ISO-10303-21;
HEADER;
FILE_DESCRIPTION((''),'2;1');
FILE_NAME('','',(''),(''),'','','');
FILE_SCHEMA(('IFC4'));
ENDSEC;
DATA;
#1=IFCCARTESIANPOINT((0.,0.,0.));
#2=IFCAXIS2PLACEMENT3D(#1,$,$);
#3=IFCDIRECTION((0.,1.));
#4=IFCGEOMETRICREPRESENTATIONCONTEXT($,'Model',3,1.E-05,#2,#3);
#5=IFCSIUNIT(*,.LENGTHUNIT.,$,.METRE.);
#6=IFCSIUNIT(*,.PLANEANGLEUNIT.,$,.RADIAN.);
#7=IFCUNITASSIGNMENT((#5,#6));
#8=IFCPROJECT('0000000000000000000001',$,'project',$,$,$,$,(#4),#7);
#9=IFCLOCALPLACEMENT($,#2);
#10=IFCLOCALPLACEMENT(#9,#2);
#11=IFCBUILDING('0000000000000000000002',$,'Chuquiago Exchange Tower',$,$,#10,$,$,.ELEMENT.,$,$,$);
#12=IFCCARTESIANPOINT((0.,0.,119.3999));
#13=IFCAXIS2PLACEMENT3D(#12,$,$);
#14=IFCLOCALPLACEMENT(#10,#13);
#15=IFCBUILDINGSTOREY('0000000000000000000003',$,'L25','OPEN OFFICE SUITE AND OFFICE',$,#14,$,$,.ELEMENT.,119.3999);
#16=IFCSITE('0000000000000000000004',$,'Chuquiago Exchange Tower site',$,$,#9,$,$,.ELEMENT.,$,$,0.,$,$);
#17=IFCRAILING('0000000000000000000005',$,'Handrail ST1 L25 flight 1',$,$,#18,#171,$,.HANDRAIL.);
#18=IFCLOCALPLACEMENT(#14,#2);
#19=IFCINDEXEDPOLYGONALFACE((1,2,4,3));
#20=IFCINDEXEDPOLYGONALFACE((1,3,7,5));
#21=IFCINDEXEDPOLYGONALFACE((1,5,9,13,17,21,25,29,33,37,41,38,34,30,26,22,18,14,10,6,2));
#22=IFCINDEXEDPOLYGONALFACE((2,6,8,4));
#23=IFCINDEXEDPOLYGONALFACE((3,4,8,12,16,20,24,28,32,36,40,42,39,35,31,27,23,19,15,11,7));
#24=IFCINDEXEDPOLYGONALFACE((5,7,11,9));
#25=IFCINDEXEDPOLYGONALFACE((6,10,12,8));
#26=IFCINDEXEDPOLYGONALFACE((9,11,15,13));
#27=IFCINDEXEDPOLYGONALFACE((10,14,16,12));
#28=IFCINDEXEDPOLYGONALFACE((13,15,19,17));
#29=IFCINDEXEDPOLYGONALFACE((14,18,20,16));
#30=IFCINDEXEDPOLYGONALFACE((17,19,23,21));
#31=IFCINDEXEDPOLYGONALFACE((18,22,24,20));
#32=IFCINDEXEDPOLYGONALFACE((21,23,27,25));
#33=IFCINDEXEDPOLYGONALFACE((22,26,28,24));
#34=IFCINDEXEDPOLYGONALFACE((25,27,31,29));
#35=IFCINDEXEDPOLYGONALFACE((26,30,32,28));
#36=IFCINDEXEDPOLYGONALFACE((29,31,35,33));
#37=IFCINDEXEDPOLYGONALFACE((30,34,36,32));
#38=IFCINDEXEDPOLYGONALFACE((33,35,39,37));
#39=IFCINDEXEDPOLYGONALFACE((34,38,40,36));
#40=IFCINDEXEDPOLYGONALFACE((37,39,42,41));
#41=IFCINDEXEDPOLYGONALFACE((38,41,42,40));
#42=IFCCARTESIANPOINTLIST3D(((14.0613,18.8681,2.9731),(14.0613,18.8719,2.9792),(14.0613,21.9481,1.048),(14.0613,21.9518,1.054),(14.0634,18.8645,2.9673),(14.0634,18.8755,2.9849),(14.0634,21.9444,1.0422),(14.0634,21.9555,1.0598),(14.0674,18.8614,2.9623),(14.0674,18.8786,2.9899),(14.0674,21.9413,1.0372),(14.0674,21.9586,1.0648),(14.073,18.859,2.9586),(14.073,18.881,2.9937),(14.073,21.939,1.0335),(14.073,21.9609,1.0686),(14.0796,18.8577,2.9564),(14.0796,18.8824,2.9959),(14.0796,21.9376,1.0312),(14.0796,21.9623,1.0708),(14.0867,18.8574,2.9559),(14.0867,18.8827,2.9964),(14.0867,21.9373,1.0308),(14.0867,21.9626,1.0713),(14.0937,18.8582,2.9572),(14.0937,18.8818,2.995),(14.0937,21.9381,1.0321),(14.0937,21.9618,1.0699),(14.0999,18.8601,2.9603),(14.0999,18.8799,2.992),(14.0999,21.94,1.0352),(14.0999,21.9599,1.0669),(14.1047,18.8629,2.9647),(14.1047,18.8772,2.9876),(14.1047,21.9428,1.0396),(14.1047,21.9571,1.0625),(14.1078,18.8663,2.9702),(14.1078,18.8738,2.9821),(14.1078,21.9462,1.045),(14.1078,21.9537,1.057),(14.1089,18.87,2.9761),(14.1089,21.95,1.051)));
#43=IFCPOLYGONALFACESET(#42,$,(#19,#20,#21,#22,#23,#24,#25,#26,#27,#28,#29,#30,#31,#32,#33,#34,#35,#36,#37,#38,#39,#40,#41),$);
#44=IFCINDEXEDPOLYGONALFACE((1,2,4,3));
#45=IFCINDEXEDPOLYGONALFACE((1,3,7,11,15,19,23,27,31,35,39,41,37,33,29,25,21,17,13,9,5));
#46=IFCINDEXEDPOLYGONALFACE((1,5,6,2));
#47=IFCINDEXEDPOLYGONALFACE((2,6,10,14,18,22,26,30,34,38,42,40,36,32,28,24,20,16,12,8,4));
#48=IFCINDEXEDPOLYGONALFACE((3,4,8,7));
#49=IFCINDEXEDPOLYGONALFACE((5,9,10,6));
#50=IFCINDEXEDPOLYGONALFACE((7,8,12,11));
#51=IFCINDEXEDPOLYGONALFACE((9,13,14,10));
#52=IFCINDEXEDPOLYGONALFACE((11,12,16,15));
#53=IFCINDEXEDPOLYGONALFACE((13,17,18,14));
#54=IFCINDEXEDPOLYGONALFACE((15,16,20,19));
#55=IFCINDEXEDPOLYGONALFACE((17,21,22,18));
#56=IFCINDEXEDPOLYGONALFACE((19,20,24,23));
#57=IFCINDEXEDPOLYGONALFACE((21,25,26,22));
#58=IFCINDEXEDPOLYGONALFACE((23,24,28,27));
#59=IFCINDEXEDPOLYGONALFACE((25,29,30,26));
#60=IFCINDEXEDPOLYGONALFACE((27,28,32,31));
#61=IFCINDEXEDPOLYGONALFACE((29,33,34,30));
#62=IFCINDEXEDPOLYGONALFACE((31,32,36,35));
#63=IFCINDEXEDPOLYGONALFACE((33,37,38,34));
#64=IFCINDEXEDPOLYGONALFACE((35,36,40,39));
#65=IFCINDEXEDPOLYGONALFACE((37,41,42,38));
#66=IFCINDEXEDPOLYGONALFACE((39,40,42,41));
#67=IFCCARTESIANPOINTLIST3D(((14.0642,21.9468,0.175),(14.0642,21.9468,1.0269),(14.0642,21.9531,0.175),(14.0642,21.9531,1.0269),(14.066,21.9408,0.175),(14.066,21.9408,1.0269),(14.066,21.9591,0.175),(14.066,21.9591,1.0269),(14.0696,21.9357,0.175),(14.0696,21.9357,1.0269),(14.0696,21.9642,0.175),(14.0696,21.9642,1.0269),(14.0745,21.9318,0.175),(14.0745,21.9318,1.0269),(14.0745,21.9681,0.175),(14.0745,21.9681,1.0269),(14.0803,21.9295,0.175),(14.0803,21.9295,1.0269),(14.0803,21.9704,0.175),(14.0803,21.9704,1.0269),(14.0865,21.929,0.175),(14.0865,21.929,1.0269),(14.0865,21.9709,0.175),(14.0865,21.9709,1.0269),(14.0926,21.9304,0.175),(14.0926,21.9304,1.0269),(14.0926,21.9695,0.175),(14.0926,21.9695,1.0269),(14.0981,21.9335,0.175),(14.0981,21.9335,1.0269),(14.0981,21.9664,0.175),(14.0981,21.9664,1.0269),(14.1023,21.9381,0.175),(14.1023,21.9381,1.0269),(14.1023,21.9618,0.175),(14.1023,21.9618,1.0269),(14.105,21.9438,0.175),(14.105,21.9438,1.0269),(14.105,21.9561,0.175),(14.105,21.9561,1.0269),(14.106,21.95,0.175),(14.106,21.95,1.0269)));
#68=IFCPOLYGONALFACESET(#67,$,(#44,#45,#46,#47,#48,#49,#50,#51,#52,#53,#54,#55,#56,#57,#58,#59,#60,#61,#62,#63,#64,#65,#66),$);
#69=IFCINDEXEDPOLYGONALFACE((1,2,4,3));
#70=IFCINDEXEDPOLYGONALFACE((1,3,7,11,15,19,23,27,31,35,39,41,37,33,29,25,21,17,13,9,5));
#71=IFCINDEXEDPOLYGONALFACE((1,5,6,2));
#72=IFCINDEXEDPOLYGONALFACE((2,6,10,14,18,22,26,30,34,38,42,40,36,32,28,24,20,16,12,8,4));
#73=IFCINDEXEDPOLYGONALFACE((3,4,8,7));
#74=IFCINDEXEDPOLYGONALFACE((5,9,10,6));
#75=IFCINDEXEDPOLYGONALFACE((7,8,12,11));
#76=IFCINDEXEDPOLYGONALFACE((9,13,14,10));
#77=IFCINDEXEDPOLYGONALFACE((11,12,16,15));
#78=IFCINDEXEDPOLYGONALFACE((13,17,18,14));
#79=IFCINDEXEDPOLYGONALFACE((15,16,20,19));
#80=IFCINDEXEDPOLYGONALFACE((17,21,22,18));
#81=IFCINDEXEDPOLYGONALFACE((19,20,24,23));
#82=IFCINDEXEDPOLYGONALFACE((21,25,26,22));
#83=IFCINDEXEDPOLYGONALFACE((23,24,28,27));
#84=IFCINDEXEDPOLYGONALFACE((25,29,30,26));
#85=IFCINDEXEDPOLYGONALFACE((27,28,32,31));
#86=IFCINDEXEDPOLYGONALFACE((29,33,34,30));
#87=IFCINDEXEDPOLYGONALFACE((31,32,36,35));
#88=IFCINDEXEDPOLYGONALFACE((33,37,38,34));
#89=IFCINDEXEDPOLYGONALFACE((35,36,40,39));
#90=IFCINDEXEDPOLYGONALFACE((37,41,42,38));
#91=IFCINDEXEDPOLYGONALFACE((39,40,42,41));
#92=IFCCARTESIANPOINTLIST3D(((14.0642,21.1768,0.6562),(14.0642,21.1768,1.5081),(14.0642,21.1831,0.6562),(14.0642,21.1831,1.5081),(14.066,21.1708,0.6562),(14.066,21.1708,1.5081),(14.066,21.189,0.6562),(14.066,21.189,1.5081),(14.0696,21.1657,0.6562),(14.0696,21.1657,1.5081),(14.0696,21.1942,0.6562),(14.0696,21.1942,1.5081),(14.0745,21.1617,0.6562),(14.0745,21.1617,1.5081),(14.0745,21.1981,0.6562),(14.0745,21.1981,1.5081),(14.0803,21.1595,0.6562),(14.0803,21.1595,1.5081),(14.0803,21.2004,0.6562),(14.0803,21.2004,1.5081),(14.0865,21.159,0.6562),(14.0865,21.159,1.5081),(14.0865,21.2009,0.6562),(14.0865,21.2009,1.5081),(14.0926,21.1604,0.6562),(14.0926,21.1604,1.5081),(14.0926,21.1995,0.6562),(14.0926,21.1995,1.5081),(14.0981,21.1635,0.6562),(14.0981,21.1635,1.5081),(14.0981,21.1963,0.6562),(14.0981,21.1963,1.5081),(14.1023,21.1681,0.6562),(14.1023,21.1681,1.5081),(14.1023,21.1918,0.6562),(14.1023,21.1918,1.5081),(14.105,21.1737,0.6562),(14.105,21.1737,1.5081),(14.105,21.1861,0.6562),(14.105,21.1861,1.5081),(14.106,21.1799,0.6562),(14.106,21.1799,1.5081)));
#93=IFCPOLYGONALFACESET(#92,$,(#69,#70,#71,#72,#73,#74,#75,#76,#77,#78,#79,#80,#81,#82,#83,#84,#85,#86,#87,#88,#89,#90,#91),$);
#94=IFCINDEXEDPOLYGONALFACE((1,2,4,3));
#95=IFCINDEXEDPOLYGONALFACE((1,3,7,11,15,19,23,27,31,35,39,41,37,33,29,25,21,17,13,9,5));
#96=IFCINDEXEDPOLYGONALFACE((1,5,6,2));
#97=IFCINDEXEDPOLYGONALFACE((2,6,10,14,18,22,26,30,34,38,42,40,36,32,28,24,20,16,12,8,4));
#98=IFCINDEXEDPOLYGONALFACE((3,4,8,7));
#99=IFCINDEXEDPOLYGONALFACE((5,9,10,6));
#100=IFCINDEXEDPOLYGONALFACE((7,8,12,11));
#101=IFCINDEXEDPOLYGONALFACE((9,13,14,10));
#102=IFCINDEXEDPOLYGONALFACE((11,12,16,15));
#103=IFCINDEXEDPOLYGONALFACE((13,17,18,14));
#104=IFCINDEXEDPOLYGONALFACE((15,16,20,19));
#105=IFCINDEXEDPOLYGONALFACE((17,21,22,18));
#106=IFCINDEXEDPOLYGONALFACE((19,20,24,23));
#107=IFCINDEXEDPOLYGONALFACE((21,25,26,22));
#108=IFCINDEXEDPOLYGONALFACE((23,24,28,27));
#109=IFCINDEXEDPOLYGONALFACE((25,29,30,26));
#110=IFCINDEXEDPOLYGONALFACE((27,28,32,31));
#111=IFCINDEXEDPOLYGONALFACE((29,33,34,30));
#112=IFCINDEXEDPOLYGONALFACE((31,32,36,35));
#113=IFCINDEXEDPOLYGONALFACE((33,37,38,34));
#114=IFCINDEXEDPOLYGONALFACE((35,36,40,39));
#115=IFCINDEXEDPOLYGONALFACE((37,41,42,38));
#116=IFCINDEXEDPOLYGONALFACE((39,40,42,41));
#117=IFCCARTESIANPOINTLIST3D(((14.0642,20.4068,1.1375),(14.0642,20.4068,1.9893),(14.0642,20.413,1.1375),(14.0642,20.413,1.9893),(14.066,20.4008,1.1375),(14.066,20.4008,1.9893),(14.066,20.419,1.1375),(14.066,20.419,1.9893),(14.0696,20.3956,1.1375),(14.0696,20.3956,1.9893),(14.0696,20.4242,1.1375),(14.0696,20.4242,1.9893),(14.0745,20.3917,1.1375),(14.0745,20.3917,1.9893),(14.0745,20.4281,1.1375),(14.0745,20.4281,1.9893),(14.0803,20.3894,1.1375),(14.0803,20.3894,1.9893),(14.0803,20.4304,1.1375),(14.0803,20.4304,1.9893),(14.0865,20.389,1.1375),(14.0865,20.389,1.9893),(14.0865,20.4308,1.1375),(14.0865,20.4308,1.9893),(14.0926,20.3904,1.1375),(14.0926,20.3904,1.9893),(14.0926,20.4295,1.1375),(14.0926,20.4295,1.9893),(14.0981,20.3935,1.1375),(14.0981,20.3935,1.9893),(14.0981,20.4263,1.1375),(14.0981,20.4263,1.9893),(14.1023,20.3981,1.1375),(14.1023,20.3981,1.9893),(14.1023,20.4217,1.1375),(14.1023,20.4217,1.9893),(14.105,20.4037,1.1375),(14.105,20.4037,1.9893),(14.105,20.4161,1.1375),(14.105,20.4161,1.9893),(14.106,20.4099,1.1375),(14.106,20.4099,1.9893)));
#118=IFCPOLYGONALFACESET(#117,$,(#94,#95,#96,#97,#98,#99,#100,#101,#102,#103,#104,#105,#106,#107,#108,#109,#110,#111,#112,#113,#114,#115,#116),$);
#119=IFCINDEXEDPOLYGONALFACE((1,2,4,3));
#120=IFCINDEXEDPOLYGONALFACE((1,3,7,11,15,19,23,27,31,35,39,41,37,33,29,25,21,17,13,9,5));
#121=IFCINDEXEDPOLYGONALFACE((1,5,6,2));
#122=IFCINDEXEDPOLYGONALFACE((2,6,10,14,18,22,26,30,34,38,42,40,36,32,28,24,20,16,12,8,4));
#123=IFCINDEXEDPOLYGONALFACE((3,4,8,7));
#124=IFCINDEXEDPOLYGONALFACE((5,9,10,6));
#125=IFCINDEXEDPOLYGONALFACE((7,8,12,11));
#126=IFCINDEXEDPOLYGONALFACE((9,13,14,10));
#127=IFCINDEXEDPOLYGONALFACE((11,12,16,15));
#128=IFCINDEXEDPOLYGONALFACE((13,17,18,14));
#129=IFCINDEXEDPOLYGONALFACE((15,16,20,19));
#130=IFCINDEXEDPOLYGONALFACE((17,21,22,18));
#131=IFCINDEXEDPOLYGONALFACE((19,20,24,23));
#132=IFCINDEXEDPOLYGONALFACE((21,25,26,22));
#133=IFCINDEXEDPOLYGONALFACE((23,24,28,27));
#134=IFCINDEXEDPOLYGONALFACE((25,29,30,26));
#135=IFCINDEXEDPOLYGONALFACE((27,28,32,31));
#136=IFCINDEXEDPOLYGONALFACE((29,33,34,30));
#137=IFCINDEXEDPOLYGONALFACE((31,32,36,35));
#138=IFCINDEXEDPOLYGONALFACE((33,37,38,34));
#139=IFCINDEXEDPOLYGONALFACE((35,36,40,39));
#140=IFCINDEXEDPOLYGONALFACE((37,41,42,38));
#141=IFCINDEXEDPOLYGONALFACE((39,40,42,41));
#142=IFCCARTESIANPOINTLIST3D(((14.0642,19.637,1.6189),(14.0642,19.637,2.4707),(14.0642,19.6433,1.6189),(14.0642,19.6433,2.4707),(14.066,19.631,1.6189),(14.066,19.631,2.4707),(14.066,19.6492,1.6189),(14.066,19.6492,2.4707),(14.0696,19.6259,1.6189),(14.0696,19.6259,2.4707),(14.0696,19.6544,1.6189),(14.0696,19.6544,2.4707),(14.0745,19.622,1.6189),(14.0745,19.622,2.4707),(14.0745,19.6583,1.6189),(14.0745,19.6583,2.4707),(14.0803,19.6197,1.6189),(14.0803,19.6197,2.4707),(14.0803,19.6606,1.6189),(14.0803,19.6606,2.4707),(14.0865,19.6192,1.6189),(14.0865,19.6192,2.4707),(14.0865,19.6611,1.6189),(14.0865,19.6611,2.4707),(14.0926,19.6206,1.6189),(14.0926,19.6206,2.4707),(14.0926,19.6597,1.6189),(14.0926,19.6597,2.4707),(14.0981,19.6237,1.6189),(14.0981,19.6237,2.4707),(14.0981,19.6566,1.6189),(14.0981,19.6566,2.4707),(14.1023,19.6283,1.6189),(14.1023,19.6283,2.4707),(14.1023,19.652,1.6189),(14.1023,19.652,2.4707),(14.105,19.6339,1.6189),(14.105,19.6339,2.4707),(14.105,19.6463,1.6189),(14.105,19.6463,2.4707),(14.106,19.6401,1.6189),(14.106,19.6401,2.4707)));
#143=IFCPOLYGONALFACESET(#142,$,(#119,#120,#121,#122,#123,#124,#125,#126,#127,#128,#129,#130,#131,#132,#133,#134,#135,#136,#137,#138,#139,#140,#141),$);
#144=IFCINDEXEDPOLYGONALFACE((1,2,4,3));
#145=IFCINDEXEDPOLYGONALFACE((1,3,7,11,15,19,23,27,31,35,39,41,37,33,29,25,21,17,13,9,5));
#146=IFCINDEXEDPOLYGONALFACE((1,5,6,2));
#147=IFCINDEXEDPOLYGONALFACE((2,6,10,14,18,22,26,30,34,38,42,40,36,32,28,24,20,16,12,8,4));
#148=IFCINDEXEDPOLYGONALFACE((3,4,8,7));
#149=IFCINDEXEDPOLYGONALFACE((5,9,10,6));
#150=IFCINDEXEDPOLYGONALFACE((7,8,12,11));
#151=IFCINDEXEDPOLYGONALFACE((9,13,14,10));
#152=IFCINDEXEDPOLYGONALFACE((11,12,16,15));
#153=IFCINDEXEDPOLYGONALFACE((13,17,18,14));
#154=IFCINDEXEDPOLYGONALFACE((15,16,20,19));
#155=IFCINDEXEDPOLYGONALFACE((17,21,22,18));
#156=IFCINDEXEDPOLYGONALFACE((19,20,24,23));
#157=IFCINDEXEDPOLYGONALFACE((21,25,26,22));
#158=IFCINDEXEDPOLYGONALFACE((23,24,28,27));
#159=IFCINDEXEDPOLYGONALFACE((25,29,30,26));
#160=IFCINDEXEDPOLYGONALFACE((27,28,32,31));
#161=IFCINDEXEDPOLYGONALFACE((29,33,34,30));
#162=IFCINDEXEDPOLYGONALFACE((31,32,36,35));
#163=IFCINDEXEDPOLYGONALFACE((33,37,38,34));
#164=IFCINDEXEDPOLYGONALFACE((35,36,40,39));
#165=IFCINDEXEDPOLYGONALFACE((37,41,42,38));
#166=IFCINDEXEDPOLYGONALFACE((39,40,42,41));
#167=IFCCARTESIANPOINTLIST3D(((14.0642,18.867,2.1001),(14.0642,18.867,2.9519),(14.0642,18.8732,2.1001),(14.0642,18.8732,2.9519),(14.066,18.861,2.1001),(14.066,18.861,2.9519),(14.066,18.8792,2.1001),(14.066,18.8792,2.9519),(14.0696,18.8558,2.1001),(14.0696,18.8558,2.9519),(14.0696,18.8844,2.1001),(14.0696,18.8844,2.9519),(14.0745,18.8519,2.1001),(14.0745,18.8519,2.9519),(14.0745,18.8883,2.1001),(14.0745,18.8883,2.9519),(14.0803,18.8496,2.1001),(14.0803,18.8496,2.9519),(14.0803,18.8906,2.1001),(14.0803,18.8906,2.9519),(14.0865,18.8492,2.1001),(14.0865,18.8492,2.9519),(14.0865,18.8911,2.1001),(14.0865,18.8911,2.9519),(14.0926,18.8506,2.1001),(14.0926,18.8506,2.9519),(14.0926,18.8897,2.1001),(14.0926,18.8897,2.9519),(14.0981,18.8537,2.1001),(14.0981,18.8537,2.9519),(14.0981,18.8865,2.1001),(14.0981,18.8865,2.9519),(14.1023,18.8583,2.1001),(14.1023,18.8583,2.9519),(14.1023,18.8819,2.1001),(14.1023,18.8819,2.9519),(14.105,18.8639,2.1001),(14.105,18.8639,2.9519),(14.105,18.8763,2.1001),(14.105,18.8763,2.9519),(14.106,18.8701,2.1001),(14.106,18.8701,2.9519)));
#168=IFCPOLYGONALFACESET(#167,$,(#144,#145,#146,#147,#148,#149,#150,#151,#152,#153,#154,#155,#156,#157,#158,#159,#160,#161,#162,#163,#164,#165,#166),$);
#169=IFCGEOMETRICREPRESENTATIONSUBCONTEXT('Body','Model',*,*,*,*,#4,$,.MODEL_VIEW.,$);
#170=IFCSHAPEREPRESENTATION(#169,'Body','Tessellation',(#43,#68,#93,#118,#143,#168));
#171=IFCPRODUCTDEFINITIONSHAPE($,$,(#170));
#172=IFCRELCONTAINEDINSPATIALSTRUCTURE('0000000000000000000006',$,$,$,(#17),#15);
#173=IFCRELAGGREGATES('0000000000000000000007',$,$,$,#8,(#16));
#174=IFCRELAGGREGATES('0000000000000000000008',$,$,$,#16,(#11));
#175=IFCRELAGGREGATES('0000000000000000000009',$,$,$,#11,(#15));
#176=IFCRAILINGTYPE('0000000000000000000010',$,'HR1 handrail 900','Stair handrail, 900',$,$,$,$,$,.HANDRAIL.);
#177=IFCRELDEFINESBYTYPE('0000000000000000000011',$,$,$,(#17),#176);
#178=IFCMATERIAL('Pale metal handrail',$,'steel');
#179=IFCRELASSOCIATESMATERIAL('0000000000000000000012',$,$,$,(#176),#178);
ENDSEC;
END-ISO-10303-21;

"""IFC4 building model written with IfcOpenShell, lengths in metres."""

from ifc_helpers import new_model, si_unit, direction, frame, origin, origin_2d, place, context, subcontext, project, spatial, circle, extrude, material, type_object, element, save


model = new_model("IFC4")

# Units and contexts
model_context = context("Model", 3, precision=1e-05, world=origin(), true_north=direction((0.0, 1.0)))
body_context = subcontext(model_context, "Body", "Model", "MODEL_VIEW")
ifc_project = project(units=[si_unit("LENGTHUNIT", "METRE"), si_unit("PLANEANGLEUNIT", "RADIAN")], contexts=[model_context])

# Site, building, storey
site_placement = place(None, origin())
site = spatial("IfcSite", under=ifc_project, at=site_placement, Name="Chuquiago Exchange Tower site", CompositionType="ELEMENT", RefElevation=0.0)
building_placement = place(site_placement, origin())
building = spatial("IfcBuilding", under=site, at=building_placement, Name="Chuquiago Exchange Tower", CompositionType="ELEMENT")
storey_placement = place(building_placement, frame((0.0, 0.0, 119.3999)))
storey = spatial("IfcBuildingStorey", under=building, at=storey_placement, Name="L25", Description="OPEN OFFICE SUITE AND OFFICE", CompositionType="ELEMENT", Elevation=119.3999)

# Railing
ifc_material_1 = material(Name="Pale metal handrail", Category="steel")
railing_type = type_object("IfcRailingType", Name="HR1 handrail 900", Description="Stair handrail, 900", PredefinedType="HANDRAIL", material=ifc_material_1)
for number, where, name in (
    (1, (14.085, 21.95, 0.175), "Handrail ST1 L25 flight 1"),
):
    element("IfcRailing", number, at=place(storey_placement, frame(where)), inside=storey, type_object=railing_type, Name=name, PredefinedType="HANDRAIL", context=body_context, shape_type="SweptSolid", body=[
        extrude(circle(Radius=0.0239, at=origin_2d()), frame((0.0, 0.0, 0.876), z_axis=(0.0, -0.847979, 0.530029), x_axis=(1.0, 0.0, 0.0)), (0.0, 0.0, 1.0), 3.6321),
        extrude(circle(Radius=0.021, at=origin_2d()), origin(), (0.0, 0.0, 1.0), 0.8518),
        extrude(circle(Radius=0.021, at=origin_2d()), frame((0.0, -0.77, 0.4812)), (0.0, 0.0, 1.0), 0.8518),
        extrude(circle(Radius=0.021, at=origin_2d()), frame((0.0, -1.54, 0.9624)), (0.0, 0.0, 1.0), 0.8518),
        extrude(circle(Radius=0.021, at=origin_2d()), frame((0.0, -2.3098, 1.4438)), (0.0, 0.0, 1.0), 0.8518),
        extrude(circle(Radius=0.021, at=origin_2d()), frame((0.0, -3.0798, 1.925)), (0.0, 0.0, 1.0), 0.8518),
    ])

save(model, "model.ifc")
